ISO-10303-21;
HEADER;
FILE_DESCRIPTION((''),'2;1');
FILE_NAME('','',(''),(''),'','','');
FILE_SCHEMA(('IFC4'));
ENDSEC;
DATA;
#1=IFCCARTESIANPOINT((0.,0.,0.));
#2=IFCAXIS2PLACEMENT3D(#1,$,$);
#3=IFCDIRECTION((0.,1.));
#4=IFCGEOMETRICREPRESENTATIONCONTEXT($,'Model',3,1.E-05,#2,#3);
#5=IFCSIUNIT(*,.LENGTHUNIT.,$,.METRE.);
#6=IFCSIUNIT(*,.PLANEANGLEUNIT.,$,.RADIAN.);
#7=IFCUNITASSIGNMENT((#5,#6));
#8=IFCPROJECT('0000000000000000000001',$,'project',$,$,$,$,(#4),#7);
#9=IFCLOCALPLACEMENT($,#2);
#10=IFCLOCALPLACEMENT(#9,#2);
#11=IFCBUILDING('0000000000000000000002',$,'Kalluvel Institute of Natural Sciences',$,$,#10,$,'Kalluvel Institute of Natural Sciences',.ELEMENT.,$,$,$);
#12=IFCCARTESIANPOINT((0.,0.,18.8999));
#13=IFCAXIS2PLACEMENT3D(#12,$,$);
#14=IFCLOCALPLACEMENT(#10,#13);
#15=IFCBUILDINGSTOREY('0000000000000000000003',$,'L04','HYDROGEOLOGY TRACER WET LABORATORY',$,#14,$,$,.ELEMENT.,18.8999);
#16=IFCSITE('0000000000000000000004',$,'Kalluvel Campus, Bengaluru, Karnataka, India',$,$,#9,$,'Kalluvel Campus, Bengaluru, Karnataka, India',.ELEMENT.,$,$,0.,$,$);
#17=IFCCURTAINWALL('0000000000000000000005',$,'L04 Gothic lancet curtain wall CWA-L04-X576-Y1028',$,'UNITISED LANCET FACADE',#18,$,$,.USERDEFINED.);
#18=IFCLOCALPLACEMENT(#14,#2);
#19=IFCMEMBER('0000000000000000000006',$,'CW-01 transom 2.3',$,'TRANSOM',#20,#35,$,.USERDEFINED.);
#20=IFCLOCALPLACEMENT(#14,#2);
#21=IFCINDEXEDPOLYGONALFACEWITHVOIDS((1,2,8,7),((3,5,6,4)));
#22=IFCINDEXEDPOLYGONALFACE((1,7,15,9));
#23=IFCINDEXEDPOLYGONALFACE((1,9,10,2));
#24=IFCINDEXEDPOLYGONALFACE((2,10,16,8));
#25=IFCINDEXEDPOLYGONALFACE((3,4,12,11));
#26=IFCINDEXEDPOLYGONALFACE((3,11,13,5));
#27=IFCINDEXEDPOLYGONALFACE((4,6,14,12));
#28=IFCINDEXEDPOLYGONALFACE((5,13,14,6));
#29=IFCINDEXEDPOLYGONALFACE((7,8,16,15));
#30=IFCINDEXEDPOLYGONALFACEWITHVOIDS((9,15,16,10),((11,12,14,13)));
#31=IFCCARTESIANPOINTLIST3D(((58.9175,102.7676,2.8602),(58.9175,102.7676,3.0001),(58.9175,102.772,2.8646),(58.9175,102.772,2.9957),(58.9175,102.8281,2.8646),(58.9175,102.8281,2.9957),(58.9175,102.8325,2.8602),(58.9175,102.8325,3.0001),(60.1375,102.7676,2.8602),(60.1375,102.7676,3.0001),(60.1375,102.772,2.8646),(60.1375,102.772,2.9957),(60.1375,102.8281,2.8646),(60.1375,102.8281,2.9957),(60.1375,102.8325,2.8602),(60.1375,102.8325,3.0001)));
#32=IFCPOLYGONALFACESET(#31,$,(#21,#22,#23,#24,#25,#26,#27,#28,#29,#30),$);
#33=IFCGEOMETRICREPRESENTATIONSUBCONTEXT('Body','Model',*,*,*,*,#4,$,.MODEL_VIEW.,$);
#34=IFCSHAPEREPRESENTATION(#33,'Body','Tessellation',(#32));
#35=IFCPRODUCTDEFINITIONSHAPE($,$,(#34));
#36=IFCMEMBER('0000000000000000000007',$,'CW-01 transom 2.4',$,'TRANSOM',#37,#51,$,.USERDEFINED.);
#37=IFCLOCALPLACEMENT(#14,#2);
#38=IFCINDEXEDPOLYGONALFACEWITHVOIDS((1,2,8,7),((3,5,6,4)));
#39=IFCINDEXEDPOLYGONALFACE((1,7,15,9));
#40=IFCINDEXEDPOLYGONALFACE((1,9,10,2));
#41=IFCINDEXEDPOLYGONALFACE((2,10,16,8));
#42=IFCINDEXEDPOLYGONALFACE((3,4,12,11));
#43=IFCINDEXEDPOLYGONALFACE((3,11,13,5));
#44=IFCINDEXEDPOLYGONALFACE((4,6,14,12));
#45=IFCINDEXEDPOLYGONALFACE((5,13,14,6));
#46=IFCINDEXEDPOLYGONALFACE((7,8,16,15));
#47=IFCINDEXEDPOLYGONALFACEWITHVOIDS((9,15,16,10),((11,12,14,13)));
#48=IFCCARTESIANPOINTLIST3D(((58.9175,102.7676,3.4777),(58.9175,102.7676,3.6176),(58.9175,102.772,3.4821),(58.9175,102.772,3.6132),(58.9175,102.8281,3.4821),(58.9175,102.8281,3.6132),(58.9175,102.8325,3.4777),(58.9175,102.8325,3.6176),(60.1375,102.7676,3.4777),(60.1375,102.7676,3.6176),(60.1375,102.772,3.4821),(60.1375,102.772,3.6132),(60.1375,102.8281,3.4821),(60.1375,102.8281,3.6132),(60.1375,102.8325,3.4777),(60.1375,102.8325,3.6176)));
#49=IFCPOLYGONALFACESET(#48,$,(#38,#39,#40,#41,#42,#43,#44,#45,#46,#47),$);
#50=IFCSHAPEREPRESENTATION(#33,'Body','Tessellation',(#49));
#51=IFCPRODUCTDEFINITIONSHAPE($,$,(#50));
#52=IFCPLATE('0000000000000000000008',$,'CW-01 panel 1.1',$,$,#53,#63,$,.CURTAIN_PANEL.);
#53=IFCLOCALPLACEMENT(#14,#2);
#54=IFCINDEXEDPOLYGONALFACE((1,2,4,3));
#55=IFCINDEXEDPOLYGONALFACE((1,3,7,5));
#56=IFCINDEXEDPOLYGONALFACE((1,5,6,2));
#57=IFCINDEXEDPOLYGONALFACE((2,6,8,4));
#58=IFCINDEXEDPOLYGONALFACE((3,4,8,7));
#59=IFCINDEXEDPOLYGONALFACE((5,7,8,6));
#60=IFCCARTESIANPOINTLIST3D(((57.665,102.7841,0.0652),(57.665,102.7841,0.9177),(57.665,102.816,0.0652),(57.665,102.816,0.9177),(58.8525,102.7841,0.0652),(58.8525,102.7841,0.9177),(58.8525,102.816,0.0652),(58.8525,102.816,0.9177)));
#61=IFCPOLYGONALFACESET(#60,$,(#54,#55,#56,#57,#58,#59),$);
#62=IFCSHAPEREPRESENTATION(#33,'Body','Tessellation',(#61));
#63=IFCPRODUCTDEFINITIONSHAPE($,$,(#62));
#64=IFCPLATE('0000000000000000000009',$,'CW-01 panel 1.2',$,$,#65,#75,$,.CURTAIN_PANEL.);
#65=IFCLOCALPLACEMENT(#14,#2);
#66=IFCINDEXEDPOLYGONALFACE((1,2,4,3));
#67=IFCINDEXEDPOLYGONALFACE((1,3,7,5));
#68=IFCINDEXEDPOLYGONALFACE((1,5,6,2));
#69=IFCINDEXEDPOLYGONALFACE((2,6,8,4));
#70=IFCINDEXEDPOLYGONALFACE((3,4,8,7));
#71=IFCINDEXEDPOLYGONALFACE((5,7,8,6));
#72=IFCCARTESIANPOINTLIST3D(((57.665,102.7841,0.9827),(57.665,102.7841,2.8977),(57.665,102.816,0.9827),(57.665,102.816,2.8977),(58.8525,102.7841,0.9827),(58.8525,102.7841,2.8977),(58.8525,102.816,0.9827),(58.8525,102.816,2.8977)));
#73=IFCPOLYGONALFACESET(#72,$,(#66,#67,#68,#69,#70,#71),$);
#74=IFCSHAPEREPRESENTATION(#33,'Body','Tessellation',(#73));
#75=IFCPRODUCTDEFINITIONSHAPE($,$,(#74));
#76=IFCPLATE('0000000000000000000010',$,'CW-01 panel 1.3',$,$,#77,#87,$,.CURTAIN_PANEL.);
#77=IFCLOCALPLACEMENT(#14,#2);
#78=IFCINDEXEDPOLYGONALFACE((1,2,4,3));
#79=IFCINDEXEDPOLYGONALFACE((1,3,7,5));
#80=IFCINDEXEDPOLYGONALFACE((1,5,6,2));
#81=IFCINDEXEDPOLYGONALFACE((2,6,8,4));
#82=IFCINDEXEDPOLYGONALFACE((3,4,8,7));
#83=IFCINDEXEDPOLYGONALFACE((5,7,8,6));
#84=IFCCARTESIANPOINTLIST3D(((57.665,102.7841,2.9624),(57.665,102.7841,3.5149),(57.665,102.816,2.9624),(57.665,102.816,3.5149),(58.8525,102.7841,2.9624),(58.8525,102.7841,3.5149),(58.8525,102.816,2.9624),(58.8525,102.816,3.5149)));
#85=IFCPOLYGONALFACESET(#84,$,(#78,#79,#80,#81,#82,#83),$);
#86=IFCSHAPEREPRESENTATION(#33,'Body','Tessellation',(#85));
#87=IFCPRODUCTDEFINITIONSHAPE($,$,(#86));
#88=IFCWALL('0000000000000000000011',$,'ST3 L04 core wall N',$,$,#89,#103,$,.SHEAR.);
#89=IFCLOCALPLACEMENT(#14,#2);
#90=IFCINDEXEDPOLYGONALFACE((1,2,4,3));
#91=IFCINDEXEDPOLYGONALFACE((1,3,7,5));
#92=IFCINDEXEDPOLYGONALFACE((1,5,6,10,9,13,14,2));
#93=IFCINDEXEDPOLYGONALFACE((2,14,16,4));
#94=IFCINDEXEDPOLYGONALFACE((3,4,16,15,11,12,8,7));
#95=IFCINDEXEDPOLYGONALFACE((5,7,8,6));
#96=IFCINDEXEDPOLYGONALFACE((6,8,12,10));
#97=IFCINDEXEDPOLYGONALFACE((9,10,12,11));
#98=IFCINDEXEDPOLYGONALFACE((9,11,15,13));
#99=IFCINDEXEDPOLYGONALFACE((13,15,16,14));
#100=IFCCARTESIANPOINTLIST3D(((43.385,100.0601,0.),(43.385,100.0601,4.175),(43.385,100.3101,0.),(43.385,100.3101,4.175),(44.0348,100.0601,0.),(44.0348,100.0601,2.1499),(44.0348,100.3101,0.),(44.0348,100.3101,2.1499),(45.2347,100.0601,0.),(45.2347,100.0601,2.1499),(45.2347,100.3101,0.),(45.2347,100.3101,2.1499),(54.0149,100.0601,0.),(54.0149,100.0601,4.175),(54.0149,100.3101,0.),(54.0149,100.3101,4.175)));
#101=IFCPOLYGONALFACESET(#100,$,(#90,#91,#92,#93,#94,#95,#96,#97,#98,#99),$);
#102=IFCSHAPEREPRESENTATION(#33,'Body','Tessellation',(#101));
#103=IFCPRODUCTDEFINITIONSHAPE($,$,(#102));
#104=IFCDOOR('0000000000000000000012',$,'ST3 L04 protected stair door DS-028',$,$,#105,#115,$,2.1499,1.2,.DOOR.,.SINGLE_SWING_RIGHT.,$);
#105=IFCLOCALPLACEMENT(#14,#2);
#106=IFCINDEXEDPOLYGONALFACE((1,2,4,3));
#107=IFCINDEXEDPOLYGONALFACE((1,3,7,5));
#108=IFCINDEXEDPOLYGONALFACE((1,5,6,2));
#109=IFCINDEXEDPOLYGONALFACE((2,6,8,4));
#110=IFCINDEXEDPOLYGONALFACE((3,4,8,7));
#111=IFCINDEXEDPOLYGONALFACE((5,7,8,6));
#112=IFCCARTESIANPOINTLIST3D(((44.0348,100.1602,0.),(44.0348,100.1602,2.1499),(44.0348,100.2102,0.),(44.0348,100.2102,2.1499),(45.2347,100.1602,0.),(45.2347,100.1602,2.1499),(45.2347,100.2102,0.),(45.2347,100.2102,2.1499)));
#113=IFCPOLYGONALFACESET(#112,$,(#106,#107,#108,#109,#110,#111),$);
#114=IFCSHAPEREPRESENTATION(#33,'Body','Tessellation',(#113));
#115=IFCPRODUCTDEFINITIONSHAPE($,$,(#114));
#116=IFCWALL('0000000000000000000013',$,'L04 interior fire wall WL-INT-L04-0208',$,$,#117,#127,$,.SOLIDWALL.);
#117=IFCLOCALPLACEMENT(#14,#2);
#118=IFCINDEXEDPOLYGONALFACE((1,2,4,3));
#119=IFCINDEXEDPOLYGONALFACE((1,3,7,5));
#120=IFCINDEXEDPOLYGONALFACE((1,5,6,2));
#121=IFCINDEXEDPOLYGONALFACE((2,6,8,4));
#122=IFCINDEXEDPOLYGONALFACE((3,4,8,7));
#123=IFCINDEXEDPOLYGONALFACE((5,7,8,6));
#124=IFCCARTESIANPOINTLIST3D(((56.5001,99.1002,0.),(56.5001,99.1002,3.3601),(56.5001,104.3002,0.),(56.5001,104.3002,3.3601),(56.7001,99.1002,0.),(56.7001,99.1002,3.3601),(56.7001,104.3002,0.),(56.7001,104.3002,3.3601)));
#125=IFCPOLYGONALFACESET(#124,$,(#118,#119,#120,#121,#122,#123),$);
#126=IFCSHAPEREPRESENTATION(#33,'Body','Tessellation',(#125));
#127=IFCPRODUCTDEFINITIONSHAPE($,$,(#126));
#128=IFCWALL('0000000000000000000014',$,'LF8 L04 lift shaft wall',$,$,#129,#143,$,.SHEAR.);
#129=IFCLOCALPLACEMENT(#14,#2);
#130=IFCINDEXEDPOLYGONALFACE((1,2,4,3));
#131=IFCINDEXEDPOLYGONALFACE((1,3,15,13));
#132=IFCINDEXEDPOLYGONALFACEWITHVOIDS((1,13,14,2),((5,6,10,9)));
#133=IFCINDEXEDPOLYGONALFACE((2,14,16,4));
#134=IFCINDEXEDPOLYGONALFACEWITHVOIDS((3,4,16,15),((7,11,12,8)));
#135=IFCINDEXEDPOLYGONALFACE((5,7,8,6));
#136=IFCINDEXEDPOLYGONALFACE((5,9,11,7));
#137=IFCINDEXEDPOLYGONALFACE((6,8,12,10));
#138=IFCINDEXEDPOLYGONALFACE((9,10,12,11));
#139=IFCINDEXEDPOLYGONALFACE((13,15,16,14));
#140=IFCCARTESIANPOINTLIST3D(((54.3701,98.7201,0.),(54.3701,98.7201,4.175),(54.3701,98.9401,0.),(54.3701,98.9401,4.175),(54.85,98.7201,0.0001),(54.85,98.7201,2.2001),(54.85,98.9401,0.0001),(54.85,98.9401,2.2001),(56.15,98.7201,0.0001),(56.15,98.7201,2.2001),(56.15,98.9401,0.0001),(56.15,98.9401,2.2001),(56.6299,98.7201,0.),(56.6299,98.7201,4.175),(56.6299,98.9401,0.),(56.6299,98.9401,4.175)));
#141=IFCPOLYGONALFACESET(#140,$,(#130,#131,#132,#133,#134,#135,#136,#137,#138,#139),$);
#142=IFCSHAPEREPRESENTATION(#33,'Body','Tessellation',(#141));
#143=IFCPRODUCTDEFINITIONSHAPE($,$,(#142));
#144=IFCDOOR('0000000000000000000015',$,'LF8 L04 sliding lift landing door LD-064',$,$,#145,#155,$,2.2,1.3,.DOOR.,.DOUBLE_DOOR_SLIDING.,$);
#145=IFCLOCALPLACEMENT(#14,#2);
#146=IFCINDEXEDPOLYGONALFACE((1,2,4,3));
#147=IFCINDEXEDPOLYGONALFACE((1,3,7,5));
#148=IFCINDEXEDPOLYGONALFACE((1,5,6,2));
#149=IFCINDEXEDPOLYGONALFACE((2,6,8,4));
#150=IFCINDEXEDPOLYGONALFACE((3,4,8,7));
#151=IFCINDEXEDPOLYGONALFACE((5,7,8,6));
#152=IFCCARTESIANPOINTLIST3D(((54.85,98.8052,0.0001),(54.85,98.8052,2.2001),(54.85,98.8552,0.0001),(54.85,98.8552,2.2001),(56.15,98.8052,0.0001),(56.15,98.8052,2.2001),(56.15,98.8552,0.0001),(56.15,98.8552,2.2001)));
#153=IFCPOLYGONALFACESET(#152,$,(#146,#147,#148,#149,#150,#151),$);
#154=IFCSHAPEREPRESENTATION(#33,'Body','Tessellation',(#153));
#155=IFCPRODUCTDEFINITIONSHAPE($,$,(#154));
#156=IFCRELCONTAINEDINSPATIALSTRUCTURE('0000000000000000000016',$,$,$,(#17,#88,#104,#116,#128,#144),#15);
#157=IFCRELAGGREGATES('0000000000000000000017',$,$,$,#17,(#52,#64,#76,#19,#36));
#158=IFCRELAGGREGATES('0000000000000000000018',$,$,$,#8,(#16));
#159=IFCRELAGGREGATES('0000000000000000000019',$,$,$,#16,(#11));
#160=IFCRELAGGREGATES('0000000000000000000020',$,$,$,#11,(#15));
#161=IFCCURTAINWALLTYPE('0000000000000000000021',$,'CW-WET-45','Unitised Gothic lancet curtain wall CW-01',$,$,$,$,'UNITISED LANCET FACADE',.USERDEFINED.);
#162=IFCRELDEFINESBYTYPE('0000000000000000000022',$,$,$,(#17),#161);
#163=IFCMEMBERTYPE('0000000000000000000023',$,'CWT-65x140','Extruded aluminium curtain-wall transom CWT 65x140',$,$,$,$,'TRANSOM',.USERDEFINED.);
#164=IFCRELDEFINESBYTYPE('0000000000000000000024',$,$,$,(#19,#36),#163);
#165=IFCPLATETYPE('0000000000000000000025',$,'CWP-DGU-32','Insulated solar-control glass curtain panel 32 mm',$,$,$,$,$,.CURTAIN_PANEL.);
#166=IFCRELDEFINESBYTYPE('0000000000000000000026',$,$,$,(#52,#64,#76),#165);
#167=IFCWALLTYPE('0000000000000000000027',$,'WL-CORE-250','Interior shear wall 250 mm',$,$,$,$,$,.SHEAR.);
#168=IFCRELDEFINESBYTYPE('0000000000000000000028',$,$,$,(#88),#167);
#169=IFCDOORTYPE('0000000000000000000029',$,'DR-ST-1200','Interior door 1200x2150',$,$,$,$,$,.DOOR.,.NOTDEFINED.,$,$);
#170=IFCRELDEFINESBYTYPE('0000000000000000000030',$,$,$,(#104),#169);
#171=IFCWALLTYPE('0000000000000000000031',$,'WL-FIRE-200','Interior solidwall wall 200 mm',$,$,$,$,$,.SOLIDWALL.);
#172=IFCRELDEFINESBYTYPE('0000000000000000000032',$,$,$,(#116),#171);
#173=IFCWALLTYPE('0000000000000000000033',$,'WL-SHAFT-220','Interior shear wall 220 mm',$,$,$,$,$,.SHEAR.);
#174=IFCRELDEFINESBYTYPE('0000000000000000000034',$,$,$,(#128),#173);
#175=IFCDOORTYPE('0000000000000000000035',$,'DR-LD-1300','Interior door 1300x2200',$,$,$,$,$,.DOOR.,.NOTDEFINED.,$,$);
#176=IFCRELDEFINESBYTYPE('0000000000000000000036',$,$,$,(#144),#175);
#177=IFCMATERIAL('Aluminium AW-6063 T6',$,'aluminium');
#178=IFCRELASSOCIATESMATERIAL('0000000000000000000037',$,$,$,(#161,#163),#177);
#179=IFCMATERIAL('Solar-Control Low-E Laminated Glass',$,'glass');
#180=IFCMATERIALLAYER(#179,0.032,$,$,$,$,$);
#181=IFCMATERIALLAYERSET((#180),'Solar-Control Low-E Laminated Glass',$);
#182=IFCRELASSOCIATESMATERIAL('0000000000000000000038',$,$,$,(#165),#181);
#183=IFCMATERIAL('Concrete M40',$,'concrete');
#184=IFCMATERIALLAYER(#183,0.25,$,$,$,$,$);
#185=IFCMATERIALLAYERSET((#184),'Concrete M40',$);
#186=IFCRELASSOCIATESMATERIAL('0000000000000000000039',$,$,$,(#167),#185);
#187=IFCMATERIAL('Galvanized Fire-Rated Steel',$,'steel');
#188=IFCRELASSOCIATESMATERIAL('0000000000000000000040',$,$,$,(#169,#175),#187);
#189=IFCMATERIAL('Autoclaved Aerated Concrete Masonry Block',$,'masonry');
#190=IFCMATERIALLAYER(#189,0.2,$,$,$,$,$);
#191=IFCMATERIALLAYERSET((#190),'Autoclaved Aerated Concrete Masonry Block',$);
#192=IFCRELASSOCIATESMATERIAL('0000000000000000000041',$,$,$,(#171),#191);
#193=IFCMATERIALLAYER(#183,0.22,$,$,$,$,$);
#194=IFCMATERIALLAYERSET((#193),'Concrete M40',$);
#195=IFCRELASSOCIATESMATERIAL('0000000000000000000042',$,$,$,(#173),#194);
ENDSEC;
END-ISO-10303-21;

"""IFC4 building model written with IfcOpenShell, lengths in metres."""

from ifc_helpers import new_model, si_unit, direction, frame, frame_2d, origin, origin_2d, place, context, subcontext, project, spatial, rectangle, hollow_rectangle, extrude, material, layer, layer_set, material_profile, profile_set, type_object, element, fill, aggregate, save


model = new_model("IFC4")

# Units and contexts
model_context = context("Model", 3, precision=1e-05, world=origin(), true_north=direction((0.0, 1.0)))
body_context = subcontext(model_context, "Body", "Model", "MODEL_VIEW")
ifc_project = project(units=[si_unit("LENGTHUNIT", "METRE"), si_unit("PLANEANGLEUNIT", "RADIAN")], contexts=[model_context])

# Site, building, storey
site_placement = place(None, origin())
site = spatial("IfcSite", under=ifc_project, at=site_placement, Name="Kalluvel Campus, Bengaluru, Karnataka, India", LongName="Kalluvel Campus, Bengaluru, Karnataka, India", CompositionType="ELEMENT", RefElevation=0.0)
building_placement = place(site_placement, origin())
building = spatial("IfcBuilding", under=site, at=building_placement, Name="Kalluvel Institute of Natural Sciences", LongName="Kalluvel Institute of Natural Sciences", CompositionType="ELEMENT")
storey_placement = place(building_placement, frame((0.0, 0.0, 18.8999)))
storey = spatial("IfcBuildingStorey", under=building, at=storey_placement, Name="L04", Description="HYDROGEOLOGY TRACER WET LABORATORY", CompositionType="ELEMENT", Elevation=18.8999)

# Shared definitions
ifc_material_1 = material(Name="Concrete M40", Category="concrete")

# Curtain wall, members, plates
ifc_material_2 = material(Name="Aluminium AW-6063 T6", Category="aluminium")
curtain_wall_type = type_object("IfcCurtainWallType", Name="CW-WET-45", Description="Unitised Gothic lancet curtain wall CW-01", ElementType="UNITISED LANCET FACADE", PredefinedType="USERDEFINED", material=ifc_material_2)
curtain_wall_placement = place(storey_placement, origin())
curtain_wall = element("IfcCurtainWall", 1, at=curtain_wall_placement, inside=storey, type_object=curtain_wall_type, Name="L04 Gothic lancet curtain wall CWA-L04-X576-Y1028", ObjectType="UNITISED LANCET FACADE", PredefinedType="USERDEFINED")
ifc_material_profile_1 = material_profile(ifc_material_2, hollow_rectangle(XDim=0.0649, YDim=0.1399, WallThickness=0.0044, at=origin_2d()), Name="CWT 65x140")
ifc_profile_set_1 = profile_set([ifc_material_profile_1], Name="Aluminium AW-6063 T6")
member_type_1 = type_object("IfcMemberType", Name="CWT-65x140", Description="Extruded aluminium curtain-wall transom CWT 65x140", ElementType="TRANSOM", PredefinedType="USERDEFINED", material=ifc_profile_set_1)
member_1_placement = place(storey_placement, frame((58.9175, 102.8, 2.9302), z_axis=(1.0, 0.0, 0.0), x_axis=(0.0, 1.0, 0.0)))
member_1 = element("IfcMember", 2, at=member_1_placement, type_object=member_type_1, Name="CW-01 transom 2.3", ObjectType="TRANSOM", PredefinedType="USERDEFINED", context=body_context, shape_type="SweptSolid", body=[
    extrude(hollow_rectangle(XDim=0.0649, YDim=0.1399, WallThickness=0.0044, at=origin_2d()), origin(), (0.0, 0.0, 1.0), 1.22),
])
member_2_placement = place(storey_placement, frame((58.9175, 102.8, 3.5476), z_axis=(1.0, 0.0, 0.0), x_axis=(0.0, 1.0, 0.0)))
member_2 = element("IfcMember", 3, at=member_2_placement, type_object=member_type_1, Name="CW-01 transom 2.4", ObjectType="TRANSOM", PredefinedType="USERDEFINED", context=body_context, shape_type="SweptSolid", body=[
    extrude(hollow_rectangle(XDim=0.0649, YDim=0.1399, WallThickness=0.0044, at=origin_2d()), origin(), (0.0, 0.0, 1.0), 1.22),
])
ifc_material_3 = material(Name="Solar-Control Low-E Laminated Glass", Category="glass")
ifc_layer_1 = layer(ifc_material_3, 0.032)
ifc_layer_set_1 = layer_set([ifc_layer_1], Name="Solar-Control Low-E Laminated Glass")
plate_type = type_object("IfcPlateType", Name="CWP-DGU-32", Description="Insulated solar-control glass curtain panel 32 mm", PredefinedType="CURTAIN_PANEL", material=ifc_layer_set_1)
plate_1_placement = place(storey_placement, frame((58.2588, 102.8, 0.0652), z_axis=(0.0, 0.0, 1.0), x_axis=(1.0, 0.0, 0.0)))
plate_1 = element("IfcPlate", 4, at=plate_1_placement, type_object=plate_type, Name="CW-01 panel 1.1", PredefinedType="CURTAIN_PANEL", context=body_context, shape_type="SweptSolid", body=[
    extrude(rectangle(XDim=1.1875, YDim=0.032, at=origin_2d()), origin(), (0.0, 0.0, 1.0), 0.8525),
])
plate_2_placement = place(storey_placement, frame((58.2588, 102.8, 0.9827), z_axis=(0.0, 0.0, 1.0), x_axis=(1.0, 0.0, 0.0)))
plate_2 = element("IfcPlate", 5, at=plate_2_placement, type_object=plate_type, Name="CW-01 panel 1.2", PredefinedType="CURTAIN_PANEL", context=body_context, shape_type="SweptSolid", body=[
    extrude(rectangle(XDim=1.1875, YDim=0.032, at=origin_2d()), origin(), (0.0, 0.0, 1.0), 1.915),
])
plate_3_placement = place(storey_placement, frame((58.2588, 102.8, 2.9624), z_axis=(0.0, 0.0, 1.0), x_axis=(1.0, 0.0, 0.0)))
plate_3 = element("IfcPlate", 6, at=plate_3_placement, type_object=plate_type, Name="CW-01 panel 1.3", PredefinedType="CURTAIN_PANEL", context=body_context, shape_type="SweptSolid", body=[
    extrude(rectangle(XDim=1.1875, YDim=0.032, at=origin_2d()), origin(), (0.0, 0.0, 1.0), 0.5525),
])
aggregate(curtain_wall, [plate_1, plate_2, plate_3, member_1, member_2])

# Wall, opening, door
ifc_layer_2 = layer(ifc_material_1, 0.25)
ifc_layer_set_2 = layer_set([ifc_layer_2], Name="Concrete M40")
wall_type_1 = type_object("IfcWallType", Name="WL-CORE-250", Description="Interior shear wall 250 mm", PredefinedType="SHEAR", material=ifc_layer_set_2)
wall_1_placement = place(storey_placement, frame((54.0149, 100.1851, 0.0), z_axis=(0.0, 0.0, 1.0), x_axis=(-1.0, 0.0, 0.0)))
wall_1 = element("IfcWall", 7, at=wall_1_placement, inside=storey, type_object=wall_type_1, Name="ST3 L04 core wall N", PredefinedType="SHEAR", context=body_context, shape_type="SweptSolid", body=[
    extrude(rectangle(XDim=10.6299, YDim=0.25, at=frame_2d((5.3149, 0.0))), origin(), (0.0, 0.0, 1.0), 4.175),
])
opening_1_placement = place(wall_1_placement, frame((8.78, 0.0, 0.0)))
opening_1 = element("IfcOpeningElement", 8, at=opening_1_placement, cuts=wall_1, PredefinedType="OPENING", context=body_context, shape_type="SweptSolid", body=[
    extrude(rectangle(XDim=1.2, YDim=2.1499, at=frame_2d((0.6001, 1.075))), frame((0.0, 0.135, 0.0), z_axis=(0.0, -1.0, 0.0), x_axis=(1.0, 0.0, 0.0)), (0.0, 0.0, 1.0), 0.27),
])
ifc_material_4 = material(Name="Galvanized Fire-Rated Steel", Category="steel")
door_type_1 = type_object("IfcDoorType", Name="DR-ST-1200", Description="Interior door 1200x2150", OperationType="NOTDEFINED", PredefinedType="DOOR", material=ifc_material_4)
door_1_placement = place(opening_1_placement, origin())
door_1 = element("IfcDoor", 9, at=door_1_placement, inside=storey, type_object=door_type_1, Name="ST3 L04 protected stair door DS-028", OperationType="SINGLE_SWING_RIGHT", OverallHeight=2.1499, OverallWidth=1.2, PredefinedType="DOOR", context=body_context, shape_type="SweptSolid", body=[
    extrude(rectangle(XDim=1.2, YDim=2.1499, at=frame_2d((0.6001, 1.075))), frame((0.0, 0.0249, 0.0), z_axis=(0.0, -1.0, 0.0), x_axis=(1.0, 0.0, 0.0)), (0.0, 0.0, 1.0), 0.05),
])
fill(opening_1, door_1)
ifc_material_5 = material(Name="Autoclaved Aerated Concrete Masonry Block", Category="masonry")
ifc_layer_3 = layer(ifc_material_5, 0.2)
ifc_layer_set_3 = layer_set([ifc_layer_3], Name="Autoclaved Aerated Concrete Masonry Block")
wall_type_2 = type_object("IfcWallType", Name="WL-FIRE-200", Description="Interior solidwall wall 200 mm", PredefinedType="SOLIDWALL", material=ifc_layer_set_3)

# Wall
wall_2_placement = place(storey_placement, frame((56.6001, 99.1001, 0.0), z_axis=(0.0, 0.0, 1.0), x_axis=(0.0, 1.0, 0.0)))
element("IfcWall", 10, at=wall_2_placement, inside=storey, type_object=wall_type_2, Name="L04 interior fire wall WL-INT-L04-0208", PredefinedType="SOLIDWALL", context=body_context, shape_type="SweptSolid", body=[
    extrude(rectangle(XDim=5.2, YDim=0.2, at=frame_2d((2.6001, 0.0))), origin(), (0.0, 0.0, 1.0), 3.3601),
])

# Wall, opening, door
ifc_layer_4 = layer(ifc_material_1, 0.22)
ifc_layer_set_4 = layer_set([ifc_layer_4], Name="Concrete M40")
wall_type_3 = type_object("IfcWallType", Name="WL-SHAFT-220", Description="Interior shear wall 220 mm", PredefinedType="SHEAR", material=ifc_layer_set_4)
wall_3_placement = place(storey_placement, frame((56.6299, 98.8301, 0.0), z_axis=(0.0, 0.0, 1.0), x_axis=(-1.0, 0.0, 0.0)))
wall_3 = element("IfcWall", 11, at=wall_3_placement, inside=storey, type_object=wall_type_3, Name="LF8 L04 lift shaft wall", PredefinedType="SHEAR", context=body_context, shape_type="SweptSolid", body=[
    extrude(rectangle(XDim=2.2598, YDim=0.22, at=frame_2d((1.1299, 0.0))), origin(), (0.0, 0.0, 1.0), 4.175),
])
opening_2_placement = place(wall_3_placement, frame((0.48, 0.0, 0.0)))
opening_2 = element("IfcOpeningElement", 12, at=opening_2_placement, cuts=wall_3, PredefinedType="OPENING", context=body_context, shape_type="SweptSolid", body=[
    extrude(rectangle(XDim=1.3, YDim=2.2, at=frame_2d((0.6499, 1.1001))), frame((0.0, 0.1199, 0.0), z_axis=(0.0, -1.0, 0.0), x_axis=(1.0, 0.0, 0.0)), (0.0, 0.0, 1.0), 0.24),
])
door_type_2 = type_object("IfcDoorType", Name="DR-LD-1300", Description="Interior door 1300x2200", OperationType="NOTDEFINED", PredefinedType="DOOR", material=ifc_material_4)
door_2_placement = place(opening_2_placement, origin())
door_2 = element("IfcDoor", 13, at=door_2_placement, inside=storey, type_object=door_type_2, Name="LF8 L04 sliding lift landing door LD-064", OperationType="DOUBLE_DOOR_SLIDING", OverallHeight=2.2, OverallWidth=1.3, PredefinedType="DOOR", context=body_context, shape_type="SweptSolid", body=[
    extrude(rectangle(XDim=1.3, YDim=2.2, at=frame_2d((0.6499, 1.1001))), frame((0.0, 0.0249, 0.0), z_axis=(0.0, -1.0, 0.0), x_axis=(1.0, 0.0, 0.0)), (0.0, 0.0, 1.0), 0.05),
])
fill(opening_2, door_2)

save(model, "model.ifc")
